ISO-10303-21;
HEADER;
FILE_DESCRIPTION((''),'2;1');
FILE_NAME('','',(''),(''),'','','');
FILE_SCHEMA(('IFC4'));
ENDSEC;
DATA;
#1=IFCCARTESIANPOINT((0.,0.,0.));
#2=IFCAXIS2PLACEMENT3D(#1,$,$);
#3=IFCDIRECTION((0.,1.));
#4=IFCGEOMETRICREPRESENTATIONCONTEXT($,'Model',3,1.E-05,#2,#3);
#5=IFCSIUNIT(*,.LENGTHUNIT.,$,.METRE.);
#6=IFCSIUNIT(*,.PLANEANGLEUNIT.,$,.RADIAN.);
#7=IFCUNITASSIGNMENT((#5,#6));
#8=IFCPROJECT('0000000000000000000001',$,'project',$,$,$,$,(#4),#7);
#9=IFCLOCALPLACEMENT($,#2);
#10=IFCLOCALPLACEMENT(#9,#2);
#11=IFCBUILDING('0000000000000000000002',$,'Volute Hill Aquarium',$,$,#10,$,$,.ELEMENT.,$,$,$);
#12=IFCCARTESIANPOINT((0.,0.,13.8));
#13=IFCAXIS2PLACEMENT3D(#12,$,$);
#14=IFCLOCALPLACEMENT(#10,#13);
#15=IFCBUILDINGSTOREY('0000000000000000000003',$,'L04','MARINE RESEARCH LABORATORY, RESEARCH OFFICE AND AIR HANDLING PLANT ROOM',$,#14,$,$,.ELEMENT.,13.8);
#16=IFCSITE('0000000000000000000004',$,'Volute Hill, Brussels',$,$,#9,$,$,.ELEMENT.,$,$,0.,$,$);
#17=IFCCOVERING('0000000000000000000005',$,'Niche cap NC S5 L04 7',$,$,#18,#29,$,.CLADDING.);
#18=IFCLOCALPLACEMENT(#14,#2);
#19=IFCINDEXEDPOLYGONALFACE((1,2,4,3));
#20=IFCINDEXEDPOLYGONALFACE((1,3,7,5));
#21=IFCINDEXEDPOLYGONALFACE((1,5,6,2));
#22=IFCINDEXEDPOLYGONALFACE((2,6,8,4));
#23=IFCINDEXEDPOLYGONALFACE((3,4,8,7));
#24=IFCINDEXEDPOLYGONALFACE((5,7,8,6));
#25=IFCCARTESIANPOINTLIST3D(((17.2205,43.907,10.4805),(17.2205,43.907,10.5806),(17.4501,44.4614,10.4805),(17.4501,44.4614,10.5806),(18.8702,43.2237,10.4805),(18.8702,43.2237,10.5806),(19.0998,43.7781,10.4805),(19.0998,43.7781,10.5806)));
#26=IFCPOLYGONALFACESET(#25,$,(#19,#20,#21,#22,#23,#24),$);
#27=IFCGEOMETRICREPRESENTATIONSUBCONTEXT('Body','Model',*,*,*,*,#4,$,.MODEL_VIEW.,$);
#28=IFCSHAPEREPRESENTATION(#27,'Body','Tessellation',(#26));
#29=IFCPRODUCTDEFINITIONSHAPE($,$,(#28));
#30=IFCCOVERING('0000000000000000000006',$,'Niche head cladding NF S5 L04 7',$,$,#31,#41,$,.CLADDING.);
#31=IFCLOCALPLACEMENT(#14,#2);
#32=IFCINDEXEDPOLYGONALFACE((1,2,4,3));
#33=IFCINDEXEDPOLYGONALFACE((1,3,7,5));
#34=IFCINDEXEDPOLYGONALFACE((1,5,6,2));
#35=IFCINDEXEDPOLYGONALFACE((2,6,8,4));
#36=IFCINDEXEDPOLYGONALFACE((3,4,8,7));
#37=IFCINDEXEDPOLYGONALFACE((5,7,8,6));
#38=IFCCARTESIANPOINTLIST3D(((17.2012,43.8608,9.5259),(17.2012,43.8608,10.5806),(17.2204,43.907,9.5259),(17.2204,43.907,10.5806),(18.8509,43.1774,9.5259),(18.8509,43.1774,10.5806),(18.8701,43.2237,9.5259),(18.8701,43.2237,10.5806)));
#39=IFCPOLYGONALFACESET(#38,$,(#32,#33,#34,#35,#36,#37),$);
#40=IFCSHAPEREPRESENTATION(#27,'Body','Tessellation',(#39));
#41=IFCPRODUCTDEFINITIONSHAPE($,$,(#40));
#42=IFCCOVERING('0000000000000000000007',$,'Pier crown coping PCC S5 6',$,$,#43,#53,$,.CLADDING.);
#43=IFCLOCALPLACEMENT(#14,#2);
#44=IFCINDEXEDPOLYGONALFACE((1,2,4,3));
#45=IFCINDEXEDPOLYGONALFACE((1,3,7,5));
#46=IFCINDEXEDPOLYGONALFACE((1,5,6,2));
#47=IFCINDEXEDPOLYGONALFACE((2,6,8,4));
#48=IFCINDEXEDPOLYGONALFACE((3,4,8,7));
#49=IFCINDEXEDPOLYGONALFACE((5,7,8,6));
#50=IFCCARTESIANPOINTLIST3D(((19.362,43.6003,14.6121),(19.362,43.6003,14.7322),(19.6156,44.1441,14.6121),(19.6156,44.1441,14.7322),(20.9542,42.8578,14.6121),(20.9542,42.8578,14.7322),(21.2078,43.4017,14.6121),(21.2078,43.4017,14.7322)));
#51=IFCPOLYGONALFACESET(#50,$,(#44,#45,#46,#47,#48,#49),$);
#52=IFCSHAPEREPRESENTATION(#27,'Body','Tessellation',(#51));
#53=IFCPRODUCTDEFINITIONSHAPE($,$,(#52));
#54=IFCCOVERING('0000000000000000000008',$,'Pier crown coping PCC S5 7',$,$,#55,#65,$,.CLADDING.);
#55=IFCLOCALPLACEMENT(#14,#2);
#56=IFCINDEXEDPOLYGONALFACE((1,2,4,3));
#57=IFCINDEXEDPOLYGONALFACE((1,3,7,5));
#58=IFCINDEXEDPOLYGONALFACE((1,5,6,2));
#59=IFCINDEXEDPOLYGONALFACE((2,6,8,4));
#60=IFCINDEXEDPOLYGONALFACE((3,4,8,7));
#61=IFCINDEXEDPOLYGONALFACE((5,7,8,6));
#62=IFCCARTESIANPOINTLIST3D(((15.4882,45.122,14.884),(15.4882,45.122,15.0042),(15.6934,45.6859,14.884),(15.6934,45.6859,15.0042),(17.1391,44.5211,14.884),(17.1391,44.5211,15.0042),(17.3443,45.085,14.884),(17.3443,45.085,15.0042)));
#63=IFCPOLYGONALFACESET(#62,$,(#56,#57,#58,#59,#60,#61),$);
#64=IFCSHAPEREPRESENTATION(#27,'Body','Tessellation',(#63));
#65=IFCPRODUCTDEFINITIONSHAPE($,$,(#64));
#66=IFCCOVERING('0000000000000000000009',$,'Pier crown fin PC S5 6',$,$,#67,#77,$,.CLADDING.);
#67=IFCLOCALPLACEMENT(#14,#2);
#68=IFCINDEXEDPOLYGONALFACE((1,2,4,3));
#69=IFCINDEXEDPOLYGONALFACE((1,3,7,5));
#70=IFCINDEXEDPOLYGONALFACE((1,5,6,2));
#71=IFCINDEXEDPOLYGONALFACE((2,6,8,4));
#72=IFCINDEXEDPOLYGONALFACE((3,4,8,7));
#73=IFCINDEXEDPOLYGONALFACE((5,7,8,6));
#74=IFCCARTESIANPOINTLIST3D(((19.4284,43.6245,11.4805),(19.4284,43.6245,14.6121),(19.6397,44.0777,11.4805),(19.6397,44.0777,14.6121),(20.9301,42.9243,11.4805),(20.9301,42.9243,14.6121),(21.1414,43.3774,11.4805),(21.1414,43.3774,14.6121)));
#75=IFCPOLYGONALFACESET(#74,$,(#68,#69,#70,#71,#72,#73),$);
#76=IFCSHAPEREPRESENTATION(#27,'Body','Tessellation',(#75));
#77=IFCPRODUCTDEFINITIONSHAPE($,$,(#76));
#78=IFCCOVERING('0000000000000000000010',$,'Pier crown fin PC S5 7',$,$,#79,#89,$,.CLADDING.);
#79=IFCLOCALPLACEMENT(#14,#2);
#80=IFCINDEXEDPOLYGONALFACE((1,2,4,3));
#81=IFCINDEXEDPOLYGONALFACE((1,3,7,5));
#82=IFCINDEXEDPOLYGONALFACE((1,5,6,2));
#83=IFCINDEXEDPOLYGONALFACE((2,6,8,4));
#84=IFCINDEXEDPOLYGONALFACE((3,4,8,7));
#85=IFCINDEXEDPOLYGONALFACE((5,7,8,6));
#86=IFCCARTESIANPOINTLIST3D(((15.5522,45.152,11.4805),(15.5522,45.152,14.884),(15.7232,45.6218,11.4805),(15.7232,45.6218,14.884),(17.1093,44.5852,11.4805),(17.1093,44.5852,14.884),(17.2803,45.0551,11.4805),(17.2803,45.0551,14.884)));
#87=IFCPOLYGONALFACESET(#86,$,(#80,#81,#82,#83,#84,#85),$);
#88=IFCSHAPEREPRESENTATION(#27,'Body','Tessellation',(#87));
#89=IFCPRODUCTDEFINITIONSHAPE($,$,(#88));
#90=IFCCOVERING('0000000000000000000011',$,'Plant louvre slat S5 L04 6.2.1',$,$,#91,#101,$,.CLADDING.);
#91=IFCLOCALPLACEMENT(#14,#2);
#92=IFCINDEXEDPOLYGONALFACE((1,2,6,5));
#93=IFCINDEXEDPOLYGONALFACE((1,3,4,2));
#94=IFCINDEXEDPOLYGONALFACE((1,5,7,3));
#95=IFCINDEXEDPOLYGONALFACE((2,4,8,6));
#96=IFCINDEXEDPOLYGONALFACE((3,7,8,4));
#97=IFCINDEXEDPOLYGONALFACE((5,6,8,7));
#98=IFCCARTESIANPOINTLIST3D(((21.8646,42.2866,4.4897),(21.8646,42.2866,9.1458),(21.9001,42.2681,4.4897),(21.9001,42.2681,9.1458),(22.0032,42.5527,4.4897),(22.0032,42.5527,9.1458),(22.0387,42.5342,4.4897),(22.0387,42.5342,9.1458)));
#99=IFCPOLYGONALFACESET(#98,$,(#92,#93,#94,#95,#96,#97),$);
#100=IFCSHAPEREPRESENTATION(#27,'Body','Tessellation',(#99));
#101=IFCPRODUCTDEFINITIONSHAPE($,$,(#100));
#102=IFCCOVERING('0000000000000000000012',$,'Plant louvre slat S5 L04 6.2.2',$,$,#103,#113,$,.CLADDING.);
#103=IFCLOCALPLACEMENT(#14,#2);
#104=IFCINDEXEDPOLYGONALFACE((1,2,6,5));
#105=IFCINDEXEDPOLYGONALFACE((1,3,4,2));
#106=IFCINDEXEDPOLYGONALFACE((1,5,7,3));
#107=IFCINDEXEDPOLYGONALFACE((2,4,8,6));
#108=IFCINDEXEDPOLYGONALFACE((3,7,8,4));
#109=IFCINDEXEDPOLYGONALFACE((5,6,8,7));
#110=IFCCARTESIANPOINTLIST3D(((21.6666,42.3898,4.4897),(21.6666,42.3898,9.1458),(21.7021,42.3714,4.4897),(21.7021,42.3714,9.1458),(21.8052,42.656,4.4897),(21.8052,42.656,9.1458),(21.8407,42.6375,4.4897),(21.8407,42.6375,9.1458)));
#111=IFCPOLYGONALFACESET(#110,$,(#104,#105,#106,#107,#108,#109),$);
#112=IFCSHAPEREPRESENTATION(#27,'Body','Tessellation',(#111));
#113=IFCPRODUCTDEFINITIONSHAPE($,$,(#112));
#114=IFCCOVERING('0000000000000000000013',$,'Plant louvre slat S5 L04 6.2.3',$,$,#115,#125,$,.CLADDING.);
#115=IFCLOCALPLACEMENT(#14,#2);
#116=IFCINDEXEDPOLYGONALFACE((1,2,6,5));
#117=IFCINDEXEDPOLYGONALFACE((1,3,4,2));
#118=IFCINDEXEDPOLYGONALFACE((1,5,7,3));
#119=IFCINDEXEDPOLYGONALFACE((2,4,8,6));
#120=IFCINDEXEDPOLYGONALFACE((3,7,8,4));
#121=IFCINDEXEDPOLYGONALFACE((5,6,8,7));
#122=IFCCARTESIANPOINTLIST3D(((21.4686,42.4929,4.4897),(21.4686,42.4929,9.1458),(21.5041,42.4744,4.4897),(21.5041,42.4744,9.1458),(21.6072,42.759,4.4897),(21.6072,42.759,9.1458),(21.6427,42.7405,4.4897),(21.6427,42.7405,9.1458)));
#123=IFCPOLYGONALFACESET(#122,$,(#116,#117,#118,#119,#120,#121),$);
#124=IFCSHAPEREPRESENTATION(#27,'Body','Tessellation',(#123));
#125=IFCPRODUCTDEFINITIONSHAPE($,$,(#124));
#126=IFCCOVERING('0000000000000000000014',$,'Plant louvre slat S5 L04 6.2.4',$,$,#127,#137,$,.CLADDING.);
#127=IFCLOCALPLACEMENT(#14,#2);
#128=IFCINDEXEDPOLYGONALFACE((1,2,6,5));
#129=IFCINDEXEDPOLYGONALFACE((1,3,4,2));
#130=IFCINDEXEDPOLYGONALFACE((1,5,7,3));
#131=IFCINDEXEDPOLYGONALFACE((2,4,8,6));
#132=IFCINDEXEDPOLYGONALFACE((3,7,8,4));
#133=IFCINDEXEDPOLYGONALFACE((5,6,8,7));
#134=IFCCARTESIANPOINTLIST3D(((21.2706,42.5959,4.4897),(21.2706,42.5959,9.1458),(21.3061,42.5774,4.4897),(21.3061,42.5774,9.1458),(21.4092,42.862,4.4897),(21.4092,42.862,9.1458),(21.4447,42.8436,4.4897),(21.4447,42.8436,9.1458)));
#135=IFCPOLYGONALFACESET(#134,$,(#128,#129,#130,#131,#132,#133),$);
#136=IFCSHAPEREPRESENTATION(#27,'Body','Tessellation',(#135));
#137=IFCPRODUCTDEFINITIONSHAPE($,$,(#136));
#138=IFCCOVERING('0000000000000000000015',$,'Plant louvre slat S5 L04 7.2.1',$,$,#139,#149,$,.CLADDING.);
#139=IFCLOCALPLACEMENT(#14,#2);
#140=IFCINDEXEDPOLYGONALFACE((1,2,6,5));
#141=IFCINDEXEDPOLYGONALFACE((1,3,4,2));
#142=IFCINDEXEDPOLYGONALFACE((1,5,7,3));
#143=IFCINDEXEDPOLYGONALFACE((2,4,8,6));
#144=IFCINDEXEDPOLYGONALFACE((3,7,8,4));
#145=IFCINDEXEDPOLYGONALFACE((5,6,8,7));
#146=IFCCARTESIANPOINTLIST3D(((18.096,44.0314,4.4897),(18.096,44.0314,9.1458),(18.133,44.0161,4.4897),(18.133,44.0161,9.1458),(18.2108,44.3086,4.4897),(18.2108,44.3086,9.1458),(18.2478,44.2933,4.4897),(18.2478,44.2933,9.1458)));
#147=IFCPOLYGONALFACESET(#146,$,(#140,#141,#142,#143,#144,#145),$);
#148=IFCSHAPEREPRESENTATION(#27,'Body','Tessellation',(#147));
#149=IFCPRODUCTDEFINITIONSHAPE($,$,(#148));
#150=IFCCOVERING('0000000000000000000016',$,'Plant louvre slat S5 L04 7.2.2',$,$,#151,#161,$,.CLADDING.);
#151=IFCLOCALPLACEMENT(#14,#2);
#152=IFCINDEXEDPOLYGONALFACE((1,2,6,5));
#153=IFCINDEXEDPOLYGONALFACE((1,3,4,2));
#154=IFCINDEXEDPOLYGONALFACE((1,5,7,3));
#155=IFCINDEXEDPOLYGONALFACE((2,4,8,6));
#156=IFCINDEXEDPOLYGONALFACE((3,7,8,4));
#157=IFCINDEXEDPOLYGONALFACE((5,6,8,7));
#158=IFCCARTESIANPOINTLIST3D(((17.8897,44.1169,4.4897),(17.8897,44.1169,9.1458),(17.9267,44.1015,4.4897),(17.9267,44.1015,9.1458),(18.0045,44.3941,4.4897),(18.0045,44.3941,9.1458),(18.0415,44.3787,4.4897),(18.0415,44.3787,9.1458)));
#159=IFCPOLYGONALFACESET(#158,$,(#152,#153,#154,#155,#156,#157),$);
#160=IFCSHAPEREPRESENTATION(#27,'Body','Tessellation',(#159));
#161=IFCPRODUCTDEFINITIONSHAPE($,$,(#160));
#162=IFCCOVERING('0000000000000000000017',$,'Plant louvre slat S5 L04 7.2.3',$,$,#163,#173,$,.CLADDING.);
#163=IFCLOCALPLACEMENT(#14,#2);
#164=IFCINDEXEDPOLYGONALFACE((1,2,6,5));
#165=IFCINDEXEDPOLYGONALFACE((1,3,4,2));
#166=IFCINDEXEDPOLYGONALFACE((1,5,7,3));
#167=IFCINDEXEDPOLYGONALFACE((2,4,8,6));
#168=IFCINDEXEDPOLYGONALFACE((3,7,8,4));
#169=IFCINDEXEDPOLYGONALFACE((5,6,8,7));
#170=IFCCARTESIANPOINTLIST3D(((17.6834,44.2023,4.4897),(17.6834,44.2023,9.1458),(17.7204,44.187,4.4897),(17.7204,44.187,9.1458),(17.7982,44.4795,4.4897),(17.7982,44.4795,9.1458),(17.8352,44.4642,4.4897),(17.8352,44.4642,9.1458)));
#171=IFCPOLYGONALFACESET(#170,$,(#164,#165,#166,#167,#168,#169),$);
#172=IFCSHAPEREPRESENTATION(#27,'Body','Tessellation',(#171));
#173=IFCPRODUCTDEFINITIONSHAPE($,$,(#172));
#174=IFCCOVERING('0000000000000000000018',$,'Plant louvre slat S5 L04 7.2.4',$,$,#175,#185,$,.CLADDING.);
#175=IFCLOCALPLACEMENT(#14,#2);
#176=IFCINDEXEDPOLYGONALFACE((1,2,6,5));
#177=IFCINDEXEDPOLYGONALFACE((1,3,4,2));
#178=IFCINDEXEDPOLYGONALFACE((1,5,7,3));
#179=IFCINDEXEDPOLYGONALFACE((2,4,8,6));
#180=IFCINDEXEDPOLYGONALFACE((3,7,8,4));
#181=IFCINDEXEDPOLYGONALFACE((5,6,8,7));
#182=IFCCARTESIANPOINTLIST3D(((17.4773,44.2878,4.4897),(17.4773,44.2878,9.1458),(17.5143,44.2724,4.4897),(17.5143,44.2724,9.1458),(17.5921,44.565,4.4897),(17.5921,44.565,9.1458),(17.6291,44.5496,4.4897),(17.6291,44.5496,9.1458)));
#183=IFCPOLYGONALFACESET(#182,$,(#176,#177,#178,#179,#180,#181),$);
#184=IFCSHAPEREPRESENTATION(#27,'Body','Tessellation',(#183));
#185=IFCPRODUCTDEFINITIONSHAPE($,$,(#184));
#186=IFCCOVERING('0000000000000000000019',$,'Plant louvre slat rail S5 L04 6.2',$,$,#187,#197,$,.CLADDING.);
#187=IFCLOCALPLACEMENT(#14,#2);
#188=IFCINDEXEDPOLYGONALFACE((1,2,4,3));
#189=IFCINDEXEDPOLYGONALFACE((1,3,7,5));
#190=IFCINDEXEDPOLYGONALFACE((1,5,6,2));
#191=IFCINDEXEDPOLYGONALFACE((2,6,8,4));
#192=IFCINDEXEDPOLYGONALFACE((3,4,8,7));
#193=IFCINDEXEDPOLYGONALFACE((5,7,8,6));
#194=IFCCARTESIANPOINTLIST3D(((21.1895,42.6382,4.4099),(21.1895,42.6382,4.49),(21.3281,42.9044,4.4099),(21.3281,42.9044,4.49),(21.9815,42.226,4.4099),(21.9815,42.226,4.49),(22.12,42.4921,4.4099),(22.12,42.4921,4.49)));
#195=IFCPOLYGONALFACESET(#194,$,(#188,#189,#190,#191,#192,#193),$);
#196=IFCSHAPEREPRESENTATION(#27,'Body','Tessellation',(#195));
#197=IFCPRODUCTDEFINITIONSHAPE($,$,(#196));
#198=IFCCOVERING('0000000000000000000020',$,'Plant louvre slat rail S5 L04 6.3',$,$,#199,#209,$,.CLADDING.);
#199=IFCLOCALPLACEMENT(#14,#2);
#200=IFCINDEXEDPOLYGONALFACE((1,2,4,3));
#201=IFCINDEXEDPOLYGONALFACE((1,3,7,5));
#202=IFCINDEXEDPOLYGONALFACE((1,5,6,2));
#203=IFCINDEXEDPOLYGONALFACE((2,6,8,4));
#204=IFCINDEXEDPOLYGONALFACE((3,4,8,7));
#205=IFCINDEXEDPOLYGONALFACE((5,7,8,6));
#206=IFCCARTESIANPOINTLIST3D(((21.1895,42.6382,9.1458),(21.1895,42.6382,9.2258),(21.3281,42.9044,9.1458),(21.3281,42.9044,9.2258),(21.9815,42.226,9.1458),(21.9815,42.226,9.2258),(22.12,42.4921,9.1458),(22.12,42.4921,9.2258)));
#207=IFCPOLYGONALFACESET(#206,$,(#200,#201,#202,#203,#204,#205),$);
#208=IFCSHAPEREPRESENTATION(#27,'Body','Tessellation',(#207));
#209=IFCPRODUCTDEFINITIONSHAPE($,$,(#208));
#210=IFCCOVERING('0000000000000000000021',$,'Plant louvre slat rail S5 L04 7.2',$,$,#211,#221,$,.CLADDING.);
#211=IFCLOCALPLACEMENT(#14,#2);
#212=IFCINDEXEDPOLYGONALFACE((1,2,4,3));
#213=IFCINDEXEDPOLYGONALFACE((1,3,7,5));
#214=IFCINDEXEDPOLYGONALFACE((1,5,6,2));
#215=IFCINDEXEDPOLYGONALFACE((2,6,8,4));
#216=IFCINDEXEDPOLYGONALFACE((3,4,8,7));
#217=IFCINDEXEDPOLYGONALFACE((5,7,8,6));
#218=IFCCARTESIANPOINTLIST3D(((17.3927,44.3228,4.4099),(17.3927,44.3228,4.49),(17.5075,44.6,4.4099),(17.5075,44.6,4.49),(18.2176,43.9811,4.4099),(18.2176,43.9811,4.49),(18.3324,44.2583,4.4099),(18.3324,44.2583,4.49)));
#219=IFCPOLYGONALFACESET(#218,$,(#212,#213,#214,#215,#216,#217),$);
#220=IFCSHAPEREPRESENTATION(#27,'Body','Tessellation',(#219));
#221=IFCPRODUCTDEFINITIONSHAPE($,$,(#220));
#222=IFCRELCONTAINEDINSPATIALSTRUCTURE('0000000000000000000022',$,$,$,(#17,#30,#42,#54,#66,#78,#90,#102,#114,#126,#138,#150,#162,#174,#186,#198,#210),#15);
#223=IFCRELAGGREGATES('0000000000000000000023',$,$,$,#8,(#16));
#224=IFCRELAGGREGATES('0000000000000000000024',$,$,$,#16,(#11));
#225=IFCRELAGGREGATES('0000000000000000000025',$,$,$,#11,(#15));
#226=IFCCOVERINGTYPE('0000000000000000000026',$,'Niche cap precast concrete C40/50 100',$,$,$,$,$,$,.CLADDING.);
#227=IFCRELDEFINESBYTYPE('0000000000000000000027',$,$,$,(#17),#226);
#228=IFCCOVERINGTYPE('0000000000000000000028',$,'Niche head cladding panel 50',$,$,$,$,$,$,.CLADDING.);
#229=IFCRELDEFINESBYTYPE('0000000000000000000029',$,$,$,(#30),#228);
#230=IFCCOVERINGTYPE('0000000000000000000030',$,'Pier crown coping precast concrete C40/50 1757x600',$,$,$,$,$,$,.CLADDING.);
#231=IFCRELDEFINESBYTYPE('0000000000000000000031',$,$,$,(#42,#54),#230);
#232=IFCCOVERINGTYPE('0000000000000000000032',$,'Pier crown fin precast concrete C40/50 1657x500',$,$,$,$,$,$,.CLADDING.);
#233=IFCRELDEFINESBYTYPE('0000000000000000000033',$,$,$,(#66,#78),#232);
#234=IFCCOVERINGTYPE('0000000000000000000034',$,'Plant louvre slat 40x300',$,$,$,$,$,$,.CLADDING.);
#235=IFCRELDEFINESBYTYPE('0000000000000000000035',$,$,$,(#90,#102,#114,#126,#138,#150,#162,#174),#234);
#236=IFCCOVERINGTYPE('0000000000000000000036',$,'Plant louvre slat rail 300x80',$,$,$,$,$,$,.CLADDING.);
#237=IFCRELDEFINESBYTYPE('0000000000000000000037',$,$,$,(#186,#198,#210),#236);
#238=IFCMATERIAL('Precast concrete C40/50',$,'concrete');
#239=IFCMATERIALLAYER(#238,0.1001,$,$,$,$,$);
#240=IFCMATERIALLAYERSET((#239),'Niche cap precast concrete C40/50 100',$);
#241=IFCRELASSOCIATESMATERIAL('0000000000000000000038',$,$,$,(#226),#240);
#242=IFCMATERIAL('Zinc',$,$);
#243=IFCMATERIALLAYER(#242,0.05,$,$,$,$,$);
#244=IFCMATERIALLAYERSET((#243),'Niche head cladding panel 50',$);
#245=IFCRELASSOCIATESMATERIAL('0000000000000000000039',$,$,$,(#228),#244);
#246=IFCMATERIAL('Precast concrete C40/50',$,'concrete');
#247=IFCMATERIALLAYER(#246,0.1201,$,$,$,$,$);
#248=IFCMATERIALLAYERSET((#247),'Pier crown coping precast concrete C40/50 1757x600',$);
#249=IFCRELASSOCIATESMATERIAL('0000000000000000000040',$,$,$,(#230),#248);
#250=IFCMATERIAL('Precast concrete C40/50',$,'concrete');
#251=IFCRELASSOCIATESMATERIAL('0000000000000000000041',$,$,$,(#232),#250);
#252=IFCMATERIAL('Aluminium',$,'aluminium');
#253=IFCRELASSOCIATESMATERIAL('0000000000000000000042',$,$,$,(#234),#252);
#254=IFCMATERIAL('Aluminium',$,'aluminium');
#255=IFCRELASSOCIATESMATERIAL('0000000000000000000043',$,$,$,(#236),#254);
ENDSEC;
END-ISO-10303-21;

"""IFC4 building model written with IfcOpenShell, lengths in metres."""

from ifc_helpers import new_model, si_unit, direction, frame, origin, origin_2d, place, context, subcontext, project, spatial, rectangle, extrude, material, layer, layer_set, type_object, element, save


model = new_model("IFC4")

# Units and contexts
model_context = context("Model", 3, precision=1e-05, world=origin(), true_north=direction((0.0, 1.0)))
body_context = subcontext(model_context, "Body", "Model", "MODEL_VIEW")
ifc_project = project(units=[si_unit("LENGTHUNIT", "METRE"), si_unit("PLANEANGLEUNIT", "RADIAN")], contexts=[model_context])

# Site, building, storey
site_placement = place(None, origin())
site = spatial("IfcSite", under=ifc_project, at=site_placement, Name="Volute Hill, Brussels", CompositionType="ELEMENT", RefElevation=0.0)
building_placement = place(site_placement, origin())
building = spatial("IfcBuilding", under=site, at=building_placement, Name="Volute Hill Aquarium", CompositionType="ELEMENT")
storey_placement = place(building_placement, frame((0.0, 0.0, 13.8)))
storey = spatial("IfcBuildingStorey", under=building, at=storey_placement, Name="L04", Description="MARINE RESEARCH LABORATORY, RESEARCH OFFICE AND AIR HANDLING PLANT ROOM", CompositionType="ELEMENT", Elevation=13.8)

# Coverings
ifc_material_1 = material(Name="Precast concrete C40/50", Category="concrete")
ifc_layer_1 = layer(ifc_material_1, 0.1001)
ifc_layer_set_1 = layer_set([ifc_layer_1], Name="Niche cap precast concrete C40/50 100")
covering_type_1 = type_object("IfcCoveringType", Name="Niche cap precast concrete C40/50 100", PredefinedType="CLADDING", material=ifc_layer_set_1)
for number, where, z_axis, x_axis, name in (
    (1, (18.1602, 43.8425, 10.4805), (0.0, 0.0, 1.0), (-0.923879, 0.382686, 0.0), "Niche cap NC S5 L04 7"),
):
    element("IfcCovering", number, at=place(storey_placement, frame(where, z_axis=z_axis, x_axis=x_axis)), inside=storey, type_object=covering_type_1, Name=name, PredefinedType="CLADDING", context=body_context, shape_type="SweptSolid", body=[
        extrude(rectangle(XDim=1.7856, YDim=0.6001, at=origin_2d()), origin(), (0.0, 0.0, 1.0), 0.1001),
    ])
ifc_material_2 = material(Name="Zinc")
ifc_layer_2 = layer(ifc_material_2, 0.05)
ifc_layer_set_2 = layer_set([ifc_layer_2], Name="Niche head cladding panel 50")
covering_type_2 = type_object("IfcCoveringType", Name="Niche head cladding panel 50", PredefinedType="CLADDING", material=ifc_layer_set_2)
covering_1_placement = place(storey_placement, frame((18.0356, 43.5422, 9.5259), z_axis=(0.0, 0.0, 1.0), x_axis=(-0.923879, 0.382686, 0.0)))
element("IfcCovering", 2, at=covering_1_placement, inside=storey, type_object=covering_type_2, Name="Niche head cladding NF S5 L04 7", PredefinedType="CLADDING", context=body_context, shape_type="SweptSolid", body=[
    extrude(rectangle(XDim=1.7856, YDim=0.05, at=origin_2d()), origin(), (0.0, 0.0, 1.0), 1.0547),
])
ifc_material_3 = material(Name="Precast concrete C40/50", Category="concrete")
ifc_layer_3 = layer(ifc_material_3, 0.1201)
ifc_layer_set_3 = layer_set([ifc_layer_3], Name="Pier crown coping precast concrete C40/50 1757x600")
covering_type_3 = type_object("IfcCoveringType", Name="Pier crown coping precast concrete C40/50 1757x600", PredefinedType="CLADDING", material=ifc_layer_set_3)
for number, where, z_axis, x_axis, name in (
    (3, (20.2849, 43.501, 14.6121), (0.0, 0.0, 1.0), (-0.906308, 0.422618, 0.0), "Pier crown coping PCC S5 6"),
    (4, (16.4163, 45.1035, 14.884), (0.0, 0.0, 1.0), (-0.939693, 0.34202, 0.0), "Pier crown coping PCC S5 7"),
):
    element("IfcCovering", number, at=place(storey_placement, frame(where, z_axis=z_axis, x_axis=x_axis)), inside=storey, type_object=covering_type_3, Name=name, PredefinedType="CLADDING", context=body_context, shape_type="SweptSolid", body=[
        extrude(rectangle(XDim=1.7568, YDim=0.6001, at=origin_2d()), origin(), (0.0, 0.0, 1.0), 0.1201),
    ])
ifc_material_4 = material(Name="Precast concrete C40/50", Category="concrete")
covering_type_4 = type_object("IfcCoveringType", Name="Pier crown fin precast concrete C40/50 1657x500", PredefinedType="CLADDING", material=ifc_material_4)
covering_2_placement = place(storey_placement, frame((20.2849, 43.501, 11.4805), z_axis=(0.0, 0.0, 1.0), x_axis=(-0.906308, 0.422618, 0.0)))
element("IfcCovering", 5, at=covering_2_placement, inside=storey, type_object=covering_type_4, Name="Pier crown fin PC S5 6", PredefinedType="CLADDING", context=body_context, shape_type="SweptSolid", body=[
    extrude(rectangle(XDim=1.657, YDim=0.5, at=origin_2d()), origin(), (0.0, 0.0, 1.0), 3.1316),
])
covering_3_placement = place(storey_placement, frame((16.4163, 45.1035, 11.4805), z_axis=(0.0, 0.0, 1.0), x_axis=(-0.939693, 0.34202, 0.0)))
element("IfcCovering", 6, at=covering_3_placement, inside=storey, type_object=covering_type_4, Name="Pier crown fin PC S5 7", PredefinedType="CLADDING", context=body_context, shape_type="SweptSolid", body=[
    extrude(rectangle(XDim=1.657, YDim=0.5, at=origin_2d()), origin(), (0.0, 0.0, 1.0), 3.4036),
])
ifc_material_5 = material(Name="Aluminium", Category="aluminium")
covering_type_5 = type_object("IfcCoveringType", Name="Plant louvre slat 40x300", PredefinedType="CLADDING", material=ifc_material_5)
for number, where, z_axis, x_axis, name in (
    (7, (21.9517, 42.4104, 4.4897), (0.0, 0.0, 1.0), (-0.887007, 0.461757, 0.0), "Plant louvre slat S5 L04 6.2.1"),
    (8, (21.7537, 42.5137, 4.4897), (0.0, 0.0, 1.0), (-0.887007, 0.461757, 0.0), "Plant louvre slat S5 L04 6.2.2"),
    (9, (21.5557, 42.6167, 4.4897), (0.0, 0.0, 1.0), (-0.887007, 0.461757, 0.0), "Plant louvre slat S5 L04 6.2.3"),
    (10, (21.3577, 42.7197, 4.4897), (0.0, 0.0, 1.0), (-0.887007, 0.461757, 0.0), "Plant louvre slat S5 L04 6.2.4"),
    (11, (18.1719, 44.1624, 4.4897), (0.0, 0.0, 1.0), (-0.923879, 0.382686, 0.0), "Plant louvre slat S5 L04 7.2.1"),
    (12, (17.9656, 44.2478, 4.4897), (0.0, 0.0, 1.0), (-0.923879, 0.382686, 0.0), "Plant louvre slat S5 L04 7.2.2"),
    (13, (17.7593, 44.3333, 4.4897), (0.0, 0.0, 1.0), (-0.923879, 0.382686, 0.0), "Plant louvre slat S5 L04 7.2.3"),
    (14, (17.5532, 44.4187, 4.4897), (0.0, 0.0, 1.0), (-0.923879, 0.382686, 0.0), "Plant louvre slat S5 L04 7.2.4"),
):
    element("IfcCovering", number, at=place(storey_placement, frame(where, z_axis=z_axis, x_axis=x_axis)), inside=storey, type_object=covering_type_5, Name=name, PredefinedType="CLADDING", context=body_context, shape_type="SweptSolid", body=[
        extrude(rectangle(XDim=0.04, YDim=0.3, at=origin_2d()), origin(), (0.0, 0.0, 1.0), 4.656),
    ])
ifc_material_6 = material(Name="Aluminium", Category="aluminium")
covering_type_6 = type_object("IfcCoveringType", Name="Plant louvre slat rail 300x80", PredefinedType="CLADDING", material=ifc_material_6)
for number, where, z_axis, x_axis, name in (
    (15, (21.6548, 42.5652, 4.4099), (0.0, 0.0, 1.0), (-0.887007, 0.461757, 0.0), "Plant louvre slat rail S5 L04 6.2"),
    (16, (21.6548, 42.5652, 9.1458), (0.0, 0.0, 1.0), (-0.887007, 0.461757, 0.0), "Plant louvre slat rail S5 L04 6.3"),
    (17, (17.8625, 44.2905, 4.4099), (0.0, 0.0, 1.0), (-0.923879, 0.382686, 0.0), "Plant louvre slat rail S5 L04 7.2"),
):
    element("IfcCovering", number, at=place(storey_placement, frame(where, z_axis=z_axis, x_axis=x_axis)), inside=storey, type_object=covering_type_6, Name=name, PredefinedType="CLADDING", context=body_context, shape_type="SweptSolid", body=[
        extrude(rectangle(XDim=0.8928, YDim=0.3, at=origin_2d()), origin(), (0.0, 0.0, 1.0), 0.0801),
    ])

save(model, "model.ifc")
